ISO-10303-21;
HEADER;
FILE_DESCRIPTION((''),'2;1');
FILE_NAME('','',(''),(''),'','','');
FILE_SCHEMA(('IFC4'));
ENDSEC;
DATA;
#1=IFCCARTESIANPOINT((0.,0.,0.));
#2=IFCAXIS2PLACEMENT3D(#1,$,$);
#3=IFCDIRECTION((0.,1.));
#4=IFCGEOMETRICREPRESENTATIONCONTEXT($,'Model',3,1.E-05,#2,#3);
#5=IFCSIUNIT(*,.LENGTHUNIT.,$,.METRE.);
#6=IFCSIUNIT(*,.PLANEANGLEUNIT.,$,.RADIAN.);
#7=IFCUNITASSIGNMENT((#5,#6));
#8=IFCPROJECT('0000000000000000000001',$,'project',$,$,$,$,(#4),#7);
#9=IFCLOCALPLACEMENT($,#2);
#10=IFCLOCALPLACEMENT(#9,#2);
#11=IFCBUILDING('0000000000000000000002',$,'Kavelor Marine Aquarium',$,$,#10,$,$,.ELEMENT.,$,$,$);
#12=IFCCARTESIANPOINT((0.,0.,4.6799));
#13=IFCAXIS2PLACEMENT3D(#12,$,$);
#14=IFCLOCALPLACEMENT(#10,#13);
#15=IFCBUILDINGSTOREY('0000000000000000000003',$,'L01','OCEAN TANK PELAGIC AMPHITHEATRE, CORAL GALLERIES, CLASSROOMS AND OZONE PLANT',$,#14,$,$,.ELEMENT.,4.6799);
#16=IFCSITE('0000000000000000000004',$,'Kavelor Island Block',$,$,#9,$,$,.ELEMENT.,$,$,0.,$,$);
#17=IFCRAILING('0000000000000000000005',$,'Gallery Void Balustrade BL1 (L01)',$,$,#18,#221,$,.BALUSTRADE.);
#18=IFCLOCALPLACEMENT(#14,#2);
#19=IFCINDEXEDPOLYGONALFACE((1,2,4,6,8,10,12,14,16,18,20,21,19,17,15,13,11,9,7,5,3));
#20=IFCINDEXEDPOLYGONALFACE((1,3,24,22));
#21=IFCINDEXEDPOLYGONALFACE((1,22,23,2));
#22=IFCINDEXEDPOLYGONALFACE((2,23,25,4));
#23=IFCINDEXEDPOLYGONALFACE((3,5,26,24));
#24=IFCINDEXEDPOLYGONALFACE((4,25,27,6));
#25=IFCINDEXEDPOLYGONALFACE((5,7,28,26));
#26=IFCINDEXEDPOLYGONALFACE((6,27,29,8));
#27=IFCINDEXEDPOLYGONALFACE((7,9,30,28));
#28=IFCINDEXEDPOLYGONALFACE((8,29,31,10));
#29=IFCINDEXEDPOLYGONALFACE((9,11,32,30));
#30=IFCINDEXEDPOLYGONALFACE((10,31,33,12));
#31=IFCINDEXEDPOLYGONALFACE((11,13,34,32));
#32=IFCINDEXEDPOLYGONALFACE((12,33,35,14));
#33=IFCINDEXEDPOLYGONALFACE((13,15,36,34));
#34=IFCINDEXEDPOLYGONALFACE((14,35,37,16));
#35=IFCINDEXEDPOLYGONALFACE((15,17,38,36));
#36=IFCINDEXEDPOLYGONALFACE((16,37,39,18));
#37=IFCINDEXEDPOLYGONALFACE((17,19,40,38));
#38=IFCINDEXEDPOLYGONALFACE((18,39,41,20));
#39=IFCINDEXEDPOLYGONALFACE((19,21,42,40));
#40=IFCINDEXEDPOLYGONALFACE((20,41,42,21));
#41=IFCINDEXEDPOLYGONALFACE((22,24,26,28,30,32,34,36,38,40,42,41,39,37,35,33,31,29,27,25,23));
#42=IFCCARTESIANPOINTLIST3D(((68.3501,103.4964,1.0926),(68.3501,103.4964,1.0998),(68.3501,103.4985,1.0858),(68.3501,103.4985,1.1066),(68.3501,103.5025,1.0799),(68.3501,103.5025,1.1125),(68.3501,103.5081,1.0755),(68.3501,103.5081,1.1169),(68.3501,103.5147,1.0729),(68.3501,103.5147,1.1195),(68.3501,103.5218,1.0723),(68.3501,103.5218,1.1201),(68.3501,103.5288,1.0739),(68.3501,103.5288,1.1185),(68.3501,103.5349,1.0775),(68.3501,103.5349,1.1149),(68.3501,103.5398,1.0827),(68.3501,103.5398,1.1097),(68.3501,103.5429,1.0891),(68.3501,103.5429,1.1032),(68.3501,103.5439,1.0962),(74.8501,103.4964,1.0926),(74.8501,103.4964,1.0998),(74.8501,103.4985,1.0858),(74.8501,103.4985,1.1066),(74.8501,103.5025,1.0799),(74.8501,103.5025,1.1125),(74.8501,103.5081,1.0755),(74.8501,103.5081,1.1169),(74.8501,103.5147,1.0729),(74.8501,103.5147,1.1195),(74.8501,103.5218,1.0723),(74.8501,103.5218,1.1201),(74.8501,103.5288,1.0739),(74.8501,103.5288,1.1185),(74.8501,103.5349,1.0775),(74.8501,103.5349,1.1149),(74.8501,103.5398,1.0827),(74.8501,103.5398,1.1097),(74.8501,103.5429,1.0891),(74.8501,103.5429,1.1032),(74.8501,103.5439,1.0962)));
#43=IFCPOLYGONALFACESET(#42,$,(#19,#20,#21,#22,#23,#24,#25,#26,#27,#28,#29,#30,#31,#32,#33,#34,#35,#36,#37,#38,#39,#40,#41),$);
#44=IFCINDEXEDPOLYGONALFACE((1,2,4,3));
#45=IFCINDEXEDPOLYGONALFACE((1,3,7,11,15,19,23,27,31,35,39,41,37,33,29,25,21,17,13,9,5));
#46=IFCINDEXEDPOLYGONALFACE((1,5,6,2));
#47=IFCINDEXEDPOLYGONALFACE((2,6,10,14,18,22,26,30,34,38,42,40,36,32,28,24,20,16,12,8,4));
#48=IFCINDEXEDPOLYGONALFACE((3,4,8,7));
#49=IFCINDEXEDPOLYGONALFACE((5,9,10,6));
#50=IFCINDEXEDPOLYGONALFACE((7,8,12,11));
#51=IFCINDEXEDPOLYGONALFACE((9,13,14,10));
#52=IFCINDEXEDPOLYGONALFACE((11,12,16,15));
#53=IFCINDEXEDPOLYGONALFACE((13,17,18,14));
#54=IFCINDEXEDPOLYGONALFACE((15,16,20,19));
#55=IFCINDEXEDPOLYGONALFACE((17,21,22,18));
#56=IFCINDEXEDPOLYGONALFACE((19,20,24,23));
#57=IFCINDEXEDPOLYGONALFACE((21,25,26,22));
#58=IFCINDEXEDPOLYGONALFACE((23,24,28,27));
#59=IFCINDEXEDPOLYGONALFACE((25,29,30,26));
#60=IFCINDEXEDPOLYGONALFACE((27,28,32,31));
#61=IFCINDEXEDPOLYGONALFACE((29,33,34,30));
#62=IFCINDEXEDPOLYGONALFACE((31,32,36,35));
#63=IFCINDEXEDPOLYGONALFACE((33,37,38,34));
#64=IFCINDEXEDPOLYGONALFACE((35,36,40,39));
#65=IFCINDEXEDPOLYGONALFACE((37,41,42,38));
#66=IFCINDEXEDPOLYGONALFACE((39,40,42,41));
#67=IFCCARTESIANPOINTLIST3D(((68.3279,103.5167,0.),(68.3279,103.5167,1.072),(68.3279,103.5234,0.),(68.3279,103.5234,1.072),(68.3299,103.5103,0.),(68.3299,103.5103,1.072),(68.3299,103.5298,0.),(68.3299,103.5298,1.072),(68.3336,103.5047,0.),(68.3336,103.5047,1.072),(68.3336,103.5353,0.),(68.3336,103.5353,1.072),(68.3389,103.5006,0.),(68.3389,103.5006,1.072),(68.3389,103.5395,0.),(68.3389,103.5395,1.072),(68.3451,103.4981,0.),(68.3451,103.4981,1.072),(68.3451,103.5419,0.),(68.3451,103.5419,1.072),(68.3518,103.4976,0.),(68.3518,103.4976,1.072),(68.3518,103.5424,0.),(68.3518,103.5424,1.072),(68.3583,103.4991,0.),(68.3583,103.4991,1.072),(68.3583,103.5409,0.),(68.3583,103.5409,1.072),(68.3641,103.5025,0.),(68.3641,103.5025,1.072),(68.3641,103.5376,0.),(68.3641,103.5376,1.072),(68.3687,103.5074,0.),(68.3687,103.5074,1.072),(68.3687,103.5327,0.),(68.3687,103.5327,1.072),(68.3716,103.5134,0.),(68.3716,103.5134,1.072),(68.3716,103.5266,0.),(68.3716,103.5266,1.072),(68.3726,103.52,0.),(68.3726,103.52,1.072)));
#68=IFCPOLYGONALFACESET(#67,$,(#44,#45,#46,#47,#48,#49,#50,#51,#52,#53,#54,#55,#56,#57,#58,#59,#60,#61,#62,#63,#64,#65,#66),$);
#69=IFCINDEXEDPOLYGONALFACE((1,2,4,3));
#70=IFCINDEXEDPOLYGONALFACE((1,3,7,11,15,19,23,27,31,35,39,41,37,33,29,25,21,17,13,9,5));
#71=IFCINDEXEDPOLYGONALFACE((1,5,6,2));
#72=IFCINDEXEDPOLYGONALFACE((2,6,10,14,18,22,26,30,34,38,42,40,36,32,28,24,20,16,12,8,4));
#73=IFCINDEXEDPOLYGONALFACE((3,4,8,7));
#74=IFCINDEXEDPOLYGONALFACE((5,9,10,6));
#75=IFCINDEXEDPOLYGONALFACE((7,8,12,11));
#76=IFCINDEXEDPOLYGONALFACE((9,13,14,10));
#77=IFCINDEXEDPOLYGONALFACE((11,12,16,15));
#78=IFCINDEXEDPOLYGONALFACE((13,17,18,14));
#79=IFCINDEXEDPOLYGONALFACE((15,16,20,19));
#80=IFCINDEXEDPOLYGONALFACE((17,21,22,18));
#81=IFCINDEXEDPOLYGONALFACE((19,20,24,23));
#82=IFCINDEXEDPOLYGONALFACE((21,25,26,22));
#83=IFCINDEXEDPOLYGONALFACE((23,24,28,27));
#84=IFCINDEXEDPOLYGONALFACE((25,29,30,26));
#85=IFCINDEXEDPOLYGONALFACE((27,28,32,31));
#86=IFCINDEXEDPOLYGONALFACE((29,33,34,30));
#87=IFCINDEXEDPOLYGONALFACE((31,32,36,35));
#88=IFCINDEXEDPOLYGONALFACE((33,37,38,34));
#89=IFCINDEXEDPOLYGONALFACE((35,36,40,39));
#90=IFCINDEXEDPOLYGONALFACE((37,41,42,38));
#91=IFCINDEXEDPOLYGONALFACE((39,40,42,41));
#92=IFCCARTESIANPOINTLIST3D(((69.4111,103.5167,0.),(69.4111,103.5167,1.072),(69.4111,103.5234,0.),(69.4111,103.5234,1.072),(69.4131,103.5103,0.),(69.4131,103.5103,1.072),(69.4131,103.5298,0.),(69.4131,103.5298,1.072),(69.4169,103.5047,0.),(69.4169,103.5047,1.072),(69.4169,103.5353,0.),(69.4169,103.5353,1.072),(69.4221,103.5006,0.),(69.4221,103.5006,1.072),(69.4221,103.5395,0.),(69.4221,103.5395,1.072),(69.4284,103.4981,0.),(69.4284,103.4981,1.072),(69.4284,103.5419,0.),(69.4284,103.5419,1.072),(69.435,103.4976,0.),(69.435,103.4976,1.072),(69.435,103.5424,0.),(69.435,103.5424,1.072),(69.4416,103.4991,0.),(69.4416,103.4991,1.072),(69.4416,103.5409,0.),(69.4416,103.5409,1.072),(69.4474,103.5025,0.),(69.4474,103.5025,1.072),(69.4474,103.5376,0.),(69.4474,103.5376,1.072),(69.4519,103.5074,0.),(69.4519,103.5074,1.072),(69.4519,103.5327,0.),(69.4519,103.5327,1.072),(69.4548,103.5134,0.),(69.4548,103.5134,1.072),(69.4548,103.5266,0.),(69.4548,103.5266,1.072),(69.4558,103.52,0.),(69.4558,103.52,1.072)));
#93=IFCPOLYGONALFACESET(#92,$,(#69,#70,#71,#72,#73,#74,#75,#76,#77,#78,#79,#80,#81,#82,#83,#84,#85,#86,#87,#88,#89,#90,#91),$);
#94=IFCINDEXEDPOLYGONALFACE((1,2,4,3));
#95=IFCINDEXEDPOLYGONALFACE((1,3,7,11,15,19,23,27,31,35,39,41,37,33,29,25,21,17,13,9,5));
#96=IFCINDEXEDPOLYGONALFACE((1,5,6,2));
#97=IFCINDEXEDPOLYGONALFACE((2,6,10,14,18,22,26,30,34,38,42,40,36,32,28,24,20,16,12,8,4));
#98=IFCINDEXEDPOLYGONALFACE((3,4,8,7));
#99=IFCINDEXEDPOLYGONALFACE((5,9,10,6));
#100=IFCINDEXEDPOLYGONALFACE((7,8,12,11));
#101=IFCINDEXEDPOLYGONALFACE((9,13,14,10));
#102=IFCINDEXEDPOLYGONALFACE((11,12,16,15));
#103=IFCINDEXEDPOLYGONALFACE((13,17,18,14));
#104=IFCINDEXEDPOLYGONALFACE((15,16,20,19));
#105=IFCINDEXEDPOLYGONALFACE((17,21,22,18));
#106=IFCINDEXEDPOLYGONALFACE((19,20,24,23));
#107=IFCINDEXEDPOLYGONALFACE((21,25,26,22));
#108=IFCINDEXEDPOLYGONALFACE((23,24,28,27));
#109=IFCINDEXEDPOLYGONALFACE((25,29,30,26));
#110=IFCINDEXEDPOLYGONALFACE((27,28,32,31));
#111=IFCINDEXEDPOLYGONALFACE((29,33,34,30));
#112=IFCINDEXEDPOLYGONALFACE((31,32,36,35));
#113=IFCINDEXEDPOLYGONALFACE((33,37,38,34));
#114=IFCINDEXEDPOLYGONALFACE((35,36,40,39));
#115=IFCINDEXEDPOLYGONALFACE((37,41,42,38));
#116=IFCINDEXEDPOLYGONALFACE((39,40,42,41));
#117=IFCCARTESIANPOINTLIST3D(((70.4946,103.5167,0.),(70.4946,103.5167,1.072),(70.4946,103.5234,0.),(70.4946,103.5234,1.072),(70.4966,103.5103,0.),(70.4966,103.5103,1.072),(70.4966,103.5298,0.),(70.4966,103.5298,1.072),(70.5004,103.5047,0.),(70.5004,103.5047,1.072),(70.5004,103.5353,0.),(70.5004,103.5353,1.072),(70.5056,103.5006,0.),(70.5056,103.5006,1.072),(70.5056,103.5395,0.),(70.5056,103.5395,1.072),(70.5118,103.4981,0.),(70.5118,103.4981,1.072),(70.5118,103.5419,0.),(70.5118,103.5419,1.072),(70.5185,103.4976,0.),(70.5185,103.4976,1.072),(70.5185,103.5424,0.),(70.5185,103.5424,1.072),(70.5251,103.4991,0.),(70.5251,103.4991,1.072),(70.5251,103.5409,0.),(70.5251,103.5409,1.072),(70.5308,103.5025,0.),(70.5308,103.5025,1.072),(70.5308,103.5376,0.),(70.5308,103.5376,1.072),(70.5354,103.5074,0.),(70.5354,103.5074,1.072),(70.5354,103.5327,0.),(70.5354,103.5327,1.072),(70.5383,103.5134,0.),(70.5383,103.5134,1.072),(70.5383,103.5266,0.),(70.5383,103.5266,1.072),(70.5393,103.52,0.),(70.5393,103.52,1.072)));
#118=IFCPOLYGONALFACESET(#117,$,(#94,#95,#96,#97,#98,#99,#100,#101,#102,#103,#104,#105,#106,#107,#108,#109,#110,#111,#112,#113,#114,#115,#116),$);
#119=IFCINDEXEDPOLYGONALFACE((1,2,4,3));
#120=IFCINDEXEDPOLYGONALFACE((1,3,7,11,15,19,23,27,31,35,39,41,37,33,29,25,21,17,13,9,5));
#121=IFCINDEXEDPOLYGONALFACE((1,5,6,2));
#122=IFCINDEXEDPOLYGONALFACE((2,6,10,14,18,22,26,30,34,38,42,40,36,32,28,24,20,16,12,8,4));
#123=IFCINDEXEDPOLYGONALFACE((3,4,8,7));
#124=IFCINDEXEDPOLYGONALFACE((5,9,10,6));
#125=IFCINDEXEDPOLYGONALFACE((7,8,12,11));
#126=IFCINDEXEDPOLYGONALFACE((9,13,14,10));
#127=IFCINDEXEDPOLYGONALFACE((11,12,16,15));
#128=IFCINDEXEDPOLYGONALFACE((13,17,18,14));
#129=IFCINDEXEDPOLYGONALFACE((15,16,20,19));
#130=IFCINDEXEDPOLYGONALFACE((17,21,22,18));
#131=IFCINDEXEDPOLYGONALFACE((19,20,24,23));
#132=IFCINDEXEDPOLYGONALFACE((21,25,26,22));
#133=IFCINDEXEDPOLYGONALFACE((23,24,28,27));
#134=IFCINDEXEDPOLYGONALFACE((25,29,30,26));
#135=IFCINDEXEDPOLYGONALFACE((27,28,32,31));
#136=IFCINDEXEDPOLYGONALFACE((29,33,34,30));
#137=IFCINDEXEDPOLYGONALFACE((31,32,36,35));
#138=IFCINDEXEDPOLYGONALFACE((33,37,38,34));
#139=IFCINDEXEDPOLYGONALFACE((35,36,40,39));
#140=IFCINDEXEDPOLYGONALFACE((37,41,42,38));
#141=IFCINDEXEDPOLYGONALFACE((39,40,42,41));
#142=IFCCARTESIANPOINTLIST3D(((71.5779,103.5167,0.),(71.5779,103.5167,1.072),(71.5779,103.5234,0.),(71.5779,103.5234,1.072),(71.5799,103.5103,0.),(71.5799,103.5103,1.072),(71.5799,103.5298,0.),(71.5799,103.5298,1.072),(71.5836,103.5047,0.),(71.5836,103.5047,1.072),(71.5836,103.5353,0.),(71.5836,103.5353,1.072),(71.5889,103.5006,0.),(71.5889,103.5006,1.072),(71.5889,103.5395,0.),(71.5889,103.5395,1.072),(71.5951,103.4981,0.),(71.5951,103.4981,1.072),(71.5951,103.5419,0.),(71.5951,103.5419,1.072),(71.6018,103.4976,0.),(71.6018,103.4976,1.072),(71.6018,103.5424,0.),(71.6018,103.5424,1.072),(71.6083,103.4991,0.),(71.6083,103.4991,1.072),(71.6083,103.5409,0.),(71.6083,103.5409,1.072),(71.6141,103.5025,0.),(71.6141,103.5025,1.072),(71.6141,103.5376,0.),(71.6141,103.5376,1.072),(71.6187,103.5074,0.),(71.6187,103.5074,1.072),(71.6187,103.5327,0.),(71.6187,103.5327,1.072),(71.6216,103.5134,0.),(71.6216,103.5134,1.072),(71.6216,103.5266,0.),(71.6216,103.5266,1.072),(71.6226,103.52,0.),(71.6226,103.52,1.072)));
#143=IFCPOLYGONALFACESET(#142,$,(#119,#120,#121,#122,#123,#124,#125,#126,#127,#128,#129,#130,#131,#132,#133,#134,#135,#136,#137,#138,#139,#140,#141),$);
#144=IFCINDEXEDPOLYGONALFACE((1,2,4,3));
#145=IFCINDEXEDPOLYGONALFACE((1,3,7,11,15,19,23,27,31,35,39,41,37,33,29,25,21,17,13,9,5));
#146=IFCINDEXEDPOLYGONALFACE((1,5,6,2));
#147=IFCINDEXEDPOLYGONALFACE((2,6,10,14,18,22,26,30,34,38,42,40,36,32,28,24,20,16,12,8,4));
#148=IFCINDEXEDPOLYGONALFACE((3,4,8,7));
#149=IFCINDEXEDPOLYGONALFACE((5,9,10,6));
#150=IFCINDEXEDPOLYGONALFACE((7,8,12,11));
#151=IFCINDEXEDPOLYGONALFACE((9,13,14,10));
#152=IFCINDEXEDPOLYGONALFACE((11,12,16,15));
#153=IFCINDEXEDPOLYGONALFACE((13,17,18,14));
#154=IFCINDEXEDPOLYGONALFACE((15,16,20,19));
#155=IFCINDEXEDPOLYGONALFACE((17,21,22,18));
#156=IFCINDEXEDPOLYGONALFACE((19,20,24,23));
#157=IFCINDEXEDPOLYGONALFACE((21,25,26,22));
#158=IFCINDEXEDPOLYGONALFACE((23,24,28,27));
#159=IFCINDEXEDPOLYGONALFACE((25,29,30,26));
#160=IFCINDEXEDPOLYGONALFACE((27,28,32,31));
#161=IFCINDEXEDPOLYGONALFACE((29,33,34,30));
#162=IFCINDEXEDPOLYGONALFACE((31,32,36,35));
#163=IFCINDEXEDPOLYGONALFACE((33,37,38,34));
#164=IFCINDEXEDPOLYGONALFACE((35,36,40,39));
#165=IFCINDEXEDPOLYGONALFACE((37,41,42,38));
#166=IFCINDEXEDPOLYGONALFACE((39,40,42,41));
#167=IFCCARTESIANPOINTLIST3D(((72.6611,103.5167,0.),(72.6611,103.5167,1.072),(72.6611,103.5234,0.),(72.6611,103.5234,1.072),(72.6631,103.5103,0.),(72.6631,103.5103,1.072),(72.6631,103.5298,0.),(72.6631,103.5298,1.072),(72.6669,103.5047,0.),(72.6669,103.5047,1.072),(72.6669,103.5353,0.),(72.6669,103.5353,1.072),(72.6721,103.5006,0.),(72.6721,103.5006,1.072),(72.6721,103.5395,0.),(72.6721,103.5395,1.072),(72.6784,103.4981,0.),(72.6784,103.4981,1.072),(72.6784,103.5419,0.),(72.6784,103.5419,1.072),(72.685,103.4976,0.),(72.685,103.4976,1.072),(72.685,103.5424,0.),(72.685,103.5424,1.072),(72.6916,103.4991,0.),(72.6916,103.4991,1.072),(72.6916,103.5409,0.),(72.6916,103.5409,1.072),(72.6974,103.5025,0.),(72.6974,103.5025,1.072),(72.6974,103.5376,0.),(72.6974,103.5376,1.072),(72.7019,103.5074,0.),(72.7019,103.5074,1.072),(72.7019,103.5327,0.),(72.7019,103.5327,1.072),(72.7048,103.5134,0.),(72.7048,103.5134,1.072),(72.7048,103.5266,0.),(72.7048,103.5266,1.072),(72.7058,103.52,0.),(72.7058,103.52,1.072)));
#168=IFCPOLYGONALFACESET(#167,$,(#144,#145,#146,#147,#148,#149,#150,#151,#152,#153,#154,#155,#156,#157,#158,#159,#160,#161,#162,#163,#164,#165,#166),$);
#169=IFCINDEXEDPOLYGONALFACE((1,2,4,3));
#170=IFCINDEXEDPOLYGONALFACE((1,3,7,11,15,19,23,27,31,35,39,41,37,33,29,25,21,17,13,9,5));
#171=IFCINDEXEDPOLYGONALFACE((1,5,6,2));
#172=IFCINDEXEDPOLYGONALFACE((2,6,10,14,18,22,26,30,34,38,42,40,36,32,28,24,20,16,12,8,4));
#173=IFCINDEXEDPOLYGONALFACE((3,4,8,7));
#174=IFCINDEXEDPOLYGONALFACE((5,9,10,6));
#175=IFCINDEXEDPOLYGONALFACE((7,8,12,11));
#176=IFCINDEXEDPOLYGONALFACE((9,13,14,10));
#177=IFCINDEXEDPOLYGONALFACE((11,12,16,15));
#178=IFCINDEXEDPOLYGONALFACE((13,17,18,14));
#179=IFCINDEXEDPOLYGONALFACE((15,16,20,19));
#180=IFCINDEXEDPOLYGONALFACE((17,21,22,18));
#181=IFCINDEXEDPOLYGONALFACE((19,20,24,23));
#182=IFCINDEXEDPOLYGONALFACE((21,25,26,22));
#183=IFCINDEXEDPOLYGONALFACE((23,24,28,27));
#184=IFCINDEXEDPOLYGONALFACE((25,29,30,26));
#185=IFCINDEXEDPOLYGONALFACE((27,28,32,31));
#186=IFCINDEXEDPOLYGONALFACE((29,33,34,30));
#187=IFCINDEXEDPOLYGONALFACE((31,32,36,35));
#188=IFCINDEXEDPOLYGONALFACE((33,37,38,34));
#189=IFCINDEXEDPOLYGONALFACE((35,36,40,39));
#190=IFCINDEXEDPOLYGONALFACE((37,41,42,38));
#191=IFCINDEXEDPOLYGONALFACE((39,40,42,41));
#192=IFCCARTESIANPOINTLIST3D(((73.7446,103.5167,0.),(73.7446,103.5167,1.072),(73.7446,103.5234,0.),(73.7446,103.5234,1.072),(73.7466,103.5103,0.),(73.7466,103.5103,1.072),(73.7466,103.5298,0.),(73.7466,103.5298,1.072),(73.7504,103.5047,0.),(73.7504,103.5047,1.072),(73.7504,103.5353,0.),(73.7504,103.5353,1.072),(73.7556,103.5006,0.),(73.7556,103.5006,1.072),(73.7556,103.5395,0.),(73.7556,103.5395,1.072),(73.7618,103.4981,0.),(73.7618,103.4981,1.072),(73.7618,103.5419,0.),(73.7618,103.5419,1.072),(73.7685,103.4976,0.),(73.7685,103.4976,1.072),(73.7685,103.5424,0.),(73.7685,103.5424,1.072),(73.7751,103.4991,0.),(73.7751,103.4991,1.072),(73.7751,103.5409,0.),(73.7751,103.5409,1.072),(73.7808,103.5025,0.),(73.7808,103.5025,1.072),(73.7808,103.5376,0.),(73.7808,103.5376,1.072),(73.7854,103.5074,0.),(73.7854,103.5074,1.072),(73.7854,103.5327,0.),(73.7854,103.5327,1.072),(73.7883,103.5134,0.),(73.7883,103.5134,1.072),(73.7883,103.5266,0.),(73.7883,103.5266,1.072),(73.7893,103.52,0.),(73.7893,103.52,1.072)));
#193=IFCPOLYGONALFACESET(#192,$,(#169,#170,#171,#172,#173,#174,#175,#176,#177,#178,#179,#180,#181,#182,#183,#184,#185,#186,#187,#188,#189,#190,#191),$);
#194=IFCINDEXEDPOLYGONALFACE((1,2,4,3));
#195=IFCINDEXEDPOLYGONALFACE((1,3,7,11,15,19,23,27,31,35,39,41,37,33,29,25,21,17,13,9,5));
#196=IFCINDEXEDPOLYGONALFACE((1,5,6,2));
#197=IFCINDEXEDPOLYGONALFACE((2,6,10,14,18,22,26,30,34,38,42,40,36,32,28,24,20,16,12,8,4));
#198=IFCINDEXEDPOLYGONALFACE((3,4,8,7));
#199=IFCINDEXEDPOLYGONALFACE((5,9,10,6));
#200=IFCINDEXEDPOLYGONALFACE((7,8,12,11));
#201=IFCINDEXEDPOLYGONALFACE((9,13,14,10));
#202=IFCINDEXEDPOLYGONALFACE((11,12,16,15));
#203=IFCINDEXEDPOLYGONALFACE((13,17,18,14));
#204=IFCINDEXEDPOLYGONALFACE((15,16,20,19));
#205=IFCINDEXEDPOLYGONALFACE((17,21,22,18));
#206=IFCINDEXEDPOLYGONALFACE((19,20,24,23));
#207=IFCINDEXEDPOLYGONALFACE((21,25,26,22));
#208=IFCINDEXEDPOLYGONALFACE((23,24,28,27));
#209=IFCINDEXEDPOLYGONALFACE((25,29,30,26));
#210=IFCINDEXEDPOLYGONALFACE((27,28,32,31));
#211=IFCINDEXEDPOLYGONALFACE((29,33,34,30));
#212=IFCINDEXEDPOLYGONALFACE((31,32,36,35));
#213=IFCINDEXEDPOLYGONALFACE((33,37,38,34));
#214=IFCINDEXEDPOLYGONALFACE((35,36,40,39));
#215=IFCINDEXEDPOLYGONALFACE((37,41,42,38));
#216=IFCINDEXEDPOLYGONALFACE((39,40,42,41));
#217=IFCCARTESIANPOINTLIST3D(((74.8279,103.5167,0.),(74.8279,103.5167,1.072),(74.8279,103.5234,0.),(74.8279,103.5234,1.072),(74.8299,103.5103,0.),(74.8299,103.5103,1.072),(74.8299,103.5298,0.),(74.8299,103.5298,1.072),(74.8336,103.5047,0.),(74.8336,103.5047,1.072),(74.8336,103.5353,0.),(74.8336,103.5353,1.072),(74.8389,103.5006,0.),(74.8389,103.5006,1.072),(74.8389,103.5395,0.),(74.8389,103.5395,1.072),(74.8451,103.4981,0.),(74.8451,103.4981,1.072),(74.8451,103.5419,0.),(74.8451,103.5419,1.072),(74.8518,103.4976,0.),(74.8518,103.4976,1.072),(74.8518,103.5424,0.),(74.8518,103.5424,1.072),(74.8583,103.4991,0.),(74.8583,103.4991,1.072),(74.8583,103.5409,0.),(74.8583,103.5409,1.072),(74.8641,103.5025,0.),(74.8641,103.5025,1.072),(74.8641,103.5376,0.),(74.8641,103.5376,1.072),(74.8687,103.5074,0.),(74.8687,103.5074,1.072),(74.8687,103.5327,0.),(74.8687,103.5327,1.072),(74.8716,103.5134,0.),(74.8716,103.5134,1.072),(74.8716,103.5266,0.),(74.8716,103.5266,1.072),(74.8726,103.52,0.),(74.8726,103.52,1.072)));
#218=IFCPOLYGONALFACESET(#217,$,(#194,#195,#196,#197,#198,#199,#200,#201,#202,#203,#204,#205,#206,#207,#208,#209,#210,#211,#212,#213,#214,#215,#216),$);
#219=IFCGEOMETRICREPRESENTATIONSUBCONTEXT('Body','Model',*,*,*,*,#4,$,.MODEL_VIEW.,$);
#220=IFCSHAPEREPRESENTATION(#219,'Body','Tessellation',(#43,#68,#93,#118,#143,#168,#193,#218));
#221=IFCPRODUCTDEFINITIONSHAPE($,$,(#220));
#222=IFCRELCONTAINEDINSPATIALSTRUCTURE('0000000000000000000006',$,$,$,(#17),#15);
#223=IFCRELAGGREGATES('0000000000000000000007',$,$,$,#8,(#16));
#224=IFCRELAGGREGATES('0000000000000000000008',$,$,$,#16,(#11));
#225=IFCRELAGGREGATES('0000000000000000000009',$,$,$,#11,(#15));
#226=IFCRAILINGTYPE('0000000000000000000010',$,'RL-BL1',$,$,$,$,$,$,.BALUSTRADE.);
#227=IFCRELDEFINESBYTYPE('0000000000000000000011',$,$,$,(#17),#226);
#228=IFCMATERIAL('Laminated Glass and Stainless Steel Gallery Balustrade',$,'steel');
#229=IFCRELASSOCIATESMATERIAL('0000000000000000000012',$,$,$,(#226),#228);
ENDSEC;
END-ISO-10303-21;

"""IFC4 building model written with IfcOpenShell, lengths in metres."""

from ifc_helpers import new_model, si_unit, direction, frame, origin, origin_2d, place, context, subcontext, project, spatial, circle, extrude, material, type_object, element, save


model = new_model("IFC4")

# Units and contexts
model_context = context("Model", 3, precision=1e-05, world=origin(), true_north=direction((0.0, 1.0)))
body_context = subcontext(model_context, "Body", "Model", "MODEL_VIEW")
ifc_project = project(units=[si_unit("LENGTHUNIT", "METRE"), si_unit("PLANEANGLEUNIT", "RADIAN")], contexts=[model_context])

# Site, building, storey
site_placement = place(None, origin())
site = spatial("IfcSite", under=ifc_project, at=site_placement, Name="Kavelor Island Block", CompositionType="ELEMENT", RefElevation=0.0)
building_placement = place(site_placement, origin())
building = spatial("IfcBuilding", under=site, at=building_placement, Name="Kavelor Marine Aquarium", CompositionType="ELEMENT")
storey_placement = place(building_placement, frame((0.0, 0.0, 4.6799)))
storey = spatial("IfcBuildingStorey", under=building, at=storey_placement, Name="L01", Description="OCEAN TANK PELAGIC AMPHITHEATRE, CORAL GALLERIES, CLASSROOMS AND OZONE PLANT", CompositionType="ELEMENT", Elevation=4.6799)

# Railing
ifc_material_1 = material(Name="Laminated Glass and Stainless Steel Gallery Balustrade", Category="steel")
railing_type = type_object("IfcRailingType", Name="RL-BL1", PredefinedType="BALUSTRADE", material=ifc_material_1)
railing_placement = place(storey_placement, frame((68.3501, 103.52, 0.0)))
element("IfcRailing", 1, at=railing_placement, inside=storey, type_object=railing_type, Name="Gallery Void Balustrade BL1 (L01)", PredefinedType="BALUSTRADE", context=body_context, shape_type="SweptSolid", body=[
    extrude(circle(Radius=0.0239, at=origin_2d()), frame((0.0, 0.0, 1.0962), z_axis=(1.0, 0.0, 0.0), x_axis=(0.0, 1.0, 0.0)), (0.0, 0.0, 1.0), 6.5),
    extrude(circle(Radius=0.0225, at=origin_2d()), origin(), (0.0, 0.0, 1.0), 1.072),
    extrude(circle(Radius=0.0225, at=origin_2d()), frame((1.0833, 0.0, 0.0)), (0.0, 0.0, 1.0), 1.072),
    extrude(circle(Radius=0.0225, at=origin_2d()), frame((2.1667, 0.0, 0.0)), (0.0, 0.0, 1.0), 1.072),
    extrude(circle(Radius=0.0225, at=origin_2d()), frame((3.25, 0.0, 0.0)), (0.0, 0.0, 1.0), 1.072),
    extrude(circle(Radius=0.0225, at=origin_2d()), frame((4.3333, 0.0, 0.0)), (0.0, 0.0, 1.0), 1.072),
    extrude(circle(Radius=0.0225, at=origin_2d()), frame((5.4167, 0.0, 0.0)), (0.0, 0.0, 1.0), 1.072),
    extrude(circle(Radius=0.0225, at=origin_2d()), frame((6.5, 0.0, 0.0)), (0.0, 0.0, 1.0), 1.072),
])

save(model, "model.ifc")
